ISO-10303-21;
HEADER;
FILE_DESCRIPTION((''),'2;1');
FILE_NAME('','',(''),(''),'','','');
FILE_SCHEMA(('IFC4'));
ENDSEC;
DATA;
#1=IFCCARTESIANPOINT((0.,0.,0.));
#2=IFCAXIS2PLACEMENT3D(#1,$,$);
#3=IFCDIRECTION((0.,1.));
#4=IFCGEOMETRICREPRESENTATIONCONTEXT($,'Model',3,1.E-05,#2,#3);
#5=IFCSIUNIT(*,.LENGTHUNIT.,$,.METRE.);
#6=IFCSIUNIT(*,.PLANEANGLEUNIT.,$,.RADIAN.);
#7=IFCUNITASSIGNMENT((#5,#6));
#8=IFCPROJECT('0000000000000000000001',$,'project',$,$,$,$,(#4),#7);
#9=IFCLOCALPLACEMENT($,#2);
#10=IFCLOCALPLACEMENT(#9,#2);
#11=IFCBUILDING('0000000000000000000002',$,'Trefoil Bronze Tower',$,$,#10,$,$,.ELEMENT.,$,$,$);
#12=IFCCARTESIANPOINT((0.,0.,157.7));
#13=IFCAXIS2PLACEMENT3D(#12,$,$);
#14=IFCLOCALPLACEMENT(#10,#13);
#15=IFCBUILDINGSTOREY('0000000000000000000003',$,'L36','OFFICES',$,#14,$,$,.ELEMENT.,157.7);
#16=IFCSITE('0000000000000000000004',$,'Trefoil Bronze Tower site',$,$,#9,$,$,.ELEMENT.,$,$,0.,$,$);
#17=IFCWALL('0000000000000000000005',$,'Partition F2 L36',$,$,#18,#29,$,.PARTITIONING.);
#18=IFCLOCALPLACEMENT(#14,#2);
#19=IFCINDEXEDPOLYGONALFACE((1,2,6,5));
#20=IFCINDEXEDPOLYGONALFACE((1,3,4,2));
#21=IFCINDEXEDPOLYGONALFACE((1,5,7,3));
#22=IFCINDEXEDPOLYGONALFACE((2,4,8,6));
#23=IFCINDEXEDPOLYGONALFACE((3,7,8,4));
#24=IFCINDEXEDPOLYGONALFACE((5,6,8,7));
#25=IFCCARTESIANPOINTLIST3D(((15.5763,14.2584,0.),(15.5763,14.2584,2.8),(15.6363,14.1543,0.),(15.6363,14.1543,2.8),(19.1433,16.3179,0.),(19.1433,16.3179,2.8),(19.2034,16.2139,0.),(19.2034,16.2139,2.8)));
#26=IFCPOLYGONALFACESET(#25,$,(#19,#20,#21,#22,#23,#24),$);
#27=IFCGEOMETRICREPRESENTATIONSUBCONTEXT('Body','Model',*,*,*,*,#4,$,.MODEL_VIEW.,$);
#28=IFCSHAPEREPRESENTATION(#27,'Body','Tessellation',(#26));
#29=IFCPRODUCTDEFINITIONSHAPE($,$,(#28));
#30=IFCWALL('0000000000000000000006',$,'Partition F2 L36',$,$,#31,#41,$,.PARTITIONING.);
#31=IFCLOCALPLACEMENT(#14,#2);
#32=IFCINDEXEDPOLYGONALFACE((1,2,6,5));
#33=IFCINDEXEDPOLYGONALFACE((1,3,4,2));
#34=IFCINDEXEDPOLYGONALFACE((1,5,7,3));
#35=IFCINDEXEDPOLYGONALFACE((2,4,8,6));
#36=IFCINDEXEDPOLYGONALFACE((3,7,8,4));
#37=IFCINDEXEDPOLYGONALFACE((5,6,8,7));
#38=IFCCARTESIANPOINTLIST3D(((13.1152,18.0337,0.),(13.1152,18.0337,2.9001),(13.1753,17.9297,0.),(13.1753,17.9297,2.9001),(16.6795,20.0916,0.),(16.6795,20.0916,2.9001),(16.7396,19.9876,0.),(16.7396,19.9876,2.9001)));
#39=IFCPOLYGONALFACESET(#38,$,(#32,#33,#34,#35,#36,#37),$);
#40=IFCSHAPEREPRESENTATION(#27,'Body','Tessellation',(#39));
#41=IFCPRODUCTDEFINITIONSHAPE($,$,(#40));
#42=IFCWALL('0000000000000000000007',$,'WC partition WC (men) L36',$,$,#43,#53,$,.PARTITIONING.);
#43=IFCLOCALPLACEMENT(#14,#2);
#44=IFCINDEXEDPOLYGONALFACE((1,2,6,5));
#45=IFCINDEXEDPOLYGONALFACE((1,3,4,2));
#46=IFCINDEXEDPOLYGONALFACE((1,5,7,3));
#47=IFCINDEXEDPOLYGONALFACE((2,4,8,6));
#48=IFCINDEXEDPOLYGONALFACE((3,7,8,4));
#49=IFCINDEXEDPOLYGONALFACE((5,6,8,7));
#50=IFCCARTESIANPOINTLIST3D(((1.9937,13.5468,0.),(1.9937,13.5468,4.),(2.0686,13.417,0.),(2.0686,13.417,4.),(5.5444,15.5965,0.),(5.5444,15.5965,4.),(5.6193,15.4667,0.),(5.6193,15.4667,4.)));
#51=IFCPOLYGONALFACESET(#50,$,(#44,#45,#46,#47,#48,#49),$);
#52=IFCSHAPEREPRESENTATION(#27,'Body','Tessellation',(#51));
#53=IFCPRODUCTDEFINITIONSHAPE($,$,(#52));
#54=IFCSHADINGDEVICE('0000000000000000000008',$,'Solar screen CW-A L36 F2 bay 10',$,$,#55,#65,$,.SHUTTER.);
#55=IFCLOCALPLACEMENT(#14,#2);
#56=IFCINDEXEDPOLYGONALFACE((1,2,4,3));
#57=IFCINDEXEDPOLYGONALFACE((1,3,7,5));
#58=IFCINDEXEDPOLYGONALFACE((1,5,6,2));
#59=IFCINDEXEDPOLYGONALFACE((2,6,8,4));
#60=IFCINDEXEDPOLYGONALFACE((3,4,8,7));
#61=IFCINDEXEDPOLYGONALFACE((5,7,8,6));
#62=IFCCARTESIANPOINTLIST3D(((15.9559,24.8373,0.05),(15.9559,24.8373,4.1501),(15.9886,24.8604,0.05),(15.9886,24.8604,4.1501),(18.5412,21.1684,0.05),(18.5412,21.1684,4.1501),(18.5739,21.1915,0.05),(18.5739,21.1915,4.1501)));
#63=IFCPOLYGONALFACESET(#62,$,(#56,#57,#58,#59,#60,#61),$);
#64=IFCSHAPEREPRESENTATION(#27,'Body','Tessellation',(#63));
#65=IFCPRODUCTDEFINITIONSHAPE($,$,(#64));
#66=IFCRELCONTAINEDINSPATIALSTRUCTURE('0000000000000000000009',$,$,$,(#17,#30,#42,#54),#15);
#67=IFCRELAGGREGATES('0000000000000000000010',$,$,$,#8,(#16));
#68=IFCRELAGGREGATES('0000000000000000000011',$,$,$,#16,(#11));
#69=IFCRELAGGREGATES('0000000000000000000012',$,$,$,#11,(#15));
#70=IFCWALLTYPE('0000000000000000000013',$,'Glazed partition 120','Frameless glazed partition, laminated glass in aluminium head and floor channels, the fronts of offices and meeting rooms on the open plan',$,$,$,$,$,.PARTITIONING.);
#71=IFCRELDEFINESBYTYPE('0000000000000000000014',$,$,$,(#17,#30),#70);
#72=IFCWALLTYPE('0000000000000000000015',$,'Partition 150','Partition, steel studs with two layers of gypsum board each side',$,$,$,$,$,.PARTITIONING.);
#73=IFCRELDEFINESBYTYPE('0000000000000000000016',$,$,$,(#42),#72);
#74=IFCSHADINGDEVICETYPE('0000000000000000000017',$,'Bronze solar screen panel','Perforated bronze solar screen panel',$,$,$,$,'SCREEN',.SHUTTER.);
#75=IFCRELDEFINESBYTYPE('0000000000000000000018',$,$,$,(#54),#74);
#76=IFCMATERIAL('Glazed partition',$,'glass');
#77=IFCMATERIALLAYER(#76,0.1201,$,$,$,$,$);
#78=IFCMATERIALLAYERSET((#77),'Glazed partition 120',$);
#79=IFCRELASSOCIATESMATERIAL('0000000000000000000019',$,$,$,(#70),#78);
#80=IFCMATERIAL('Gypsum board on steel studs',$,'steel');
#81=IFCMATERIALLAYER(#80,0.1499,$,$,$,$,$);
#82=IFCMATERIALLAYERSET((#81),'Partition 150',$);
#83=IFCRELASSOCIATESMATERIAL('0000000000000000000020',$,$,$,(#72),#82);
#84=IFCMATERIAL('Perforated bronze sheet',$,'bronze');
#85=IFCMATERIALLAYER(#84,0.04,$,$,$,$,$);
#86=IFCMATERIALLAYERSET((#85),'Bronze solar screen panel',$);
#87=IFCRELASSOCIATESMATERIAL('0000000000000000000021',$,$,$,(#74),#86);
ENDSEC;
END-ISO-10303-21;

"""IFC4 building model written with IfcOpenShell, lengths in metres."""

from ifc_helpers import new_model, si_unit, direction, frame, frame_2d, origin, origin_2d, place, context, subcontext, project, spatial, rectangle, extrude, material, layer, layer_set, type_object, element, save


model = new_model("IFC4")

# Units and contexts
model_context = context("Model", 3, precision=1e-05, world=origin(), true_north=direction((0.0, 1.0)))
body_context = subcontext(model_context, "Body", "Model", "MODEL_VIEW")
ifc_project = project(units=[si_unit("LENGTHUNIT", "METRE"), si_unit("PLANEANGLEUNIT", "RADIAN")], contexts=[model_context])

# Site, building, storey
site_placement = place(None, origin())
site = spatial("IfcSite", under=ifc_project, at=site_placement, Name="Trefoil Bronze Tower site", CompositionType="ELEMENT", RefElevation=0.0)
building_placement = place(site_placement, origin())
building = spatial("IfcBuilding", under=site, at=building_placement, Name="Trefoil Bronze Tower", CompositionType="ELEMENT")
storey_placement = place(building_placement, frame((0.0, 0.0, 157.7)))
storey = spatial("IfcBuildingStorey", under=building, at=storey_placement, Name="L36", Description="OFFICES", CompositionType="ELEMENT", Elevation=157.7)

# Shared definitions
ifc_material_1 = material(Name="Glazed partition", Category="glass")
ifc_layer_1 = layer(ifc_material_1, 0.1201)
ifc_layer_set_1 = layer_set([ifc_layer_1], Name="Glazed partition 120")
wall_type_1 = type_object("IfcWallType", Name="Glazed partition 120", Description="Frameless glazed partition, laminated glass in aluminium head and floor channels, the fronts of offices and meeting rooms on the open plan", PredefinedType="PARTITIONING", material=ifc_layer_set_1)

# Walls
wall_1_placement = place(storey_placement, frame((15.6062, 14.2063, 0.0), z_axis=(0.0, 0.0, 1.0), x_axis=(0.866017, 0.500015, 0.0)))
element("IfcWall", 1, at=wall_1_placement, inside=storey, type_object=wall_type_1, Name="Partition F2 L36", PredefinedType="PARTITIONING", context=body_context, shape_type="SweptSolid", body=[
    extrude(rectangle(XDim=4.1189, YDim=0.1201, at=frame_2d((2.0596, 0.0))), origin(), (0.0, 0.0, 1.0), 2.8),
])
wall_2_placement = place(storey_placement, frame((13.1453, 17.9817, 0.0), z_axis=(0.0, 0.0, 1.0), x_axis=(0.866019, 0.500012, 0.0)))
element("IfcWall", 2, at=wall_2_placement, inside=storey, type_object=wall_type_1, Name="Partition F2 L36", PredefinedType="PARTITIONING", context=body_context, shape_type="SweptSolid", body=[
    extrude(rectangle(XDim=4.1157, YDim=0.1201, at=frame_2d((2.0579, 0.0))), origin(), (0.0, 0.0, 1.0), 2.9001),
])
ifc_material_2 = material(Name="Gypsum board on steel studs", Category="steel")
ifc_layer_2 = layer(ifc_material_2, 0.1499)
ifc_layer_set_2 = layer_set([ifc_layer_2], Name="Partition 150")
wall_type_2 = type_object("IfcWallType", Name="Partition 150", Description="Partition, steel studs with two layers of gypsum board each side", PredefinedType="PARTITIONING", material=ifc_layer_set_2)
wall_3_placement = place(storey_placement, frame((2.0312, 13.4819, 0.0), z_axis=(0.0, 0.0, 1.0), x_axis=(0.866051, 0.499956, 0.0)))
element("IfcWall", 3, at=wall_3_placement, inside=storey, type_object=wall_type_2, Name="WC partition WC (men) L36", PredefinedType="PARTITIONING", context=body_context, shape_type="SweptSolid", body=[
    extrude(rectangle(XDim=4.0999, YDim=0.1499, at=frame_2d((2.0498, 0.0))), origin(), (0.0, 0.0, 1.0), 4.0),
])

# Shading device
ifc_material_3 = material(Name="Perforated bronze sheet", Category="bronze")
ifc_layer_3 = layer(ifc_material_3, 0.04)
ifc_layer_set_3 = layer_set([ifc_layer_3], Name="Bronze solar screen panel")
shading_device_type = type_object("IfcShadingDeviceType", Name="Bronze solar screen panel", Description="Perforated bronze solar screen panel", ElementType="SCREEN", PredefinedType="SHUTTER", material=ifc_layer_set_3)
shading_device_placement = place(storey_placement, frame((17.2649, 23.0144, 0.05), z_axis=(0.0, 0.0, 1.0), x_axis=(-0.575999, 0.81745, 0.0)))
element("IfcShadingDevice", 4, at=shading_device_placement, inside=storey, type_object=shading_device_type, Name="Solar screen CW-A L36 F2 bay 10", PredefinedType="SHUTTER", context=body_context, shape_type="SweptSolid", body=[
    extrude(rectangle(XDim=4.4883, YDim=0.04, at=origin_2d()), origin(), (0.0, 0.0, 1.0), 4.1001),
])

save(model, "model.ifc")
